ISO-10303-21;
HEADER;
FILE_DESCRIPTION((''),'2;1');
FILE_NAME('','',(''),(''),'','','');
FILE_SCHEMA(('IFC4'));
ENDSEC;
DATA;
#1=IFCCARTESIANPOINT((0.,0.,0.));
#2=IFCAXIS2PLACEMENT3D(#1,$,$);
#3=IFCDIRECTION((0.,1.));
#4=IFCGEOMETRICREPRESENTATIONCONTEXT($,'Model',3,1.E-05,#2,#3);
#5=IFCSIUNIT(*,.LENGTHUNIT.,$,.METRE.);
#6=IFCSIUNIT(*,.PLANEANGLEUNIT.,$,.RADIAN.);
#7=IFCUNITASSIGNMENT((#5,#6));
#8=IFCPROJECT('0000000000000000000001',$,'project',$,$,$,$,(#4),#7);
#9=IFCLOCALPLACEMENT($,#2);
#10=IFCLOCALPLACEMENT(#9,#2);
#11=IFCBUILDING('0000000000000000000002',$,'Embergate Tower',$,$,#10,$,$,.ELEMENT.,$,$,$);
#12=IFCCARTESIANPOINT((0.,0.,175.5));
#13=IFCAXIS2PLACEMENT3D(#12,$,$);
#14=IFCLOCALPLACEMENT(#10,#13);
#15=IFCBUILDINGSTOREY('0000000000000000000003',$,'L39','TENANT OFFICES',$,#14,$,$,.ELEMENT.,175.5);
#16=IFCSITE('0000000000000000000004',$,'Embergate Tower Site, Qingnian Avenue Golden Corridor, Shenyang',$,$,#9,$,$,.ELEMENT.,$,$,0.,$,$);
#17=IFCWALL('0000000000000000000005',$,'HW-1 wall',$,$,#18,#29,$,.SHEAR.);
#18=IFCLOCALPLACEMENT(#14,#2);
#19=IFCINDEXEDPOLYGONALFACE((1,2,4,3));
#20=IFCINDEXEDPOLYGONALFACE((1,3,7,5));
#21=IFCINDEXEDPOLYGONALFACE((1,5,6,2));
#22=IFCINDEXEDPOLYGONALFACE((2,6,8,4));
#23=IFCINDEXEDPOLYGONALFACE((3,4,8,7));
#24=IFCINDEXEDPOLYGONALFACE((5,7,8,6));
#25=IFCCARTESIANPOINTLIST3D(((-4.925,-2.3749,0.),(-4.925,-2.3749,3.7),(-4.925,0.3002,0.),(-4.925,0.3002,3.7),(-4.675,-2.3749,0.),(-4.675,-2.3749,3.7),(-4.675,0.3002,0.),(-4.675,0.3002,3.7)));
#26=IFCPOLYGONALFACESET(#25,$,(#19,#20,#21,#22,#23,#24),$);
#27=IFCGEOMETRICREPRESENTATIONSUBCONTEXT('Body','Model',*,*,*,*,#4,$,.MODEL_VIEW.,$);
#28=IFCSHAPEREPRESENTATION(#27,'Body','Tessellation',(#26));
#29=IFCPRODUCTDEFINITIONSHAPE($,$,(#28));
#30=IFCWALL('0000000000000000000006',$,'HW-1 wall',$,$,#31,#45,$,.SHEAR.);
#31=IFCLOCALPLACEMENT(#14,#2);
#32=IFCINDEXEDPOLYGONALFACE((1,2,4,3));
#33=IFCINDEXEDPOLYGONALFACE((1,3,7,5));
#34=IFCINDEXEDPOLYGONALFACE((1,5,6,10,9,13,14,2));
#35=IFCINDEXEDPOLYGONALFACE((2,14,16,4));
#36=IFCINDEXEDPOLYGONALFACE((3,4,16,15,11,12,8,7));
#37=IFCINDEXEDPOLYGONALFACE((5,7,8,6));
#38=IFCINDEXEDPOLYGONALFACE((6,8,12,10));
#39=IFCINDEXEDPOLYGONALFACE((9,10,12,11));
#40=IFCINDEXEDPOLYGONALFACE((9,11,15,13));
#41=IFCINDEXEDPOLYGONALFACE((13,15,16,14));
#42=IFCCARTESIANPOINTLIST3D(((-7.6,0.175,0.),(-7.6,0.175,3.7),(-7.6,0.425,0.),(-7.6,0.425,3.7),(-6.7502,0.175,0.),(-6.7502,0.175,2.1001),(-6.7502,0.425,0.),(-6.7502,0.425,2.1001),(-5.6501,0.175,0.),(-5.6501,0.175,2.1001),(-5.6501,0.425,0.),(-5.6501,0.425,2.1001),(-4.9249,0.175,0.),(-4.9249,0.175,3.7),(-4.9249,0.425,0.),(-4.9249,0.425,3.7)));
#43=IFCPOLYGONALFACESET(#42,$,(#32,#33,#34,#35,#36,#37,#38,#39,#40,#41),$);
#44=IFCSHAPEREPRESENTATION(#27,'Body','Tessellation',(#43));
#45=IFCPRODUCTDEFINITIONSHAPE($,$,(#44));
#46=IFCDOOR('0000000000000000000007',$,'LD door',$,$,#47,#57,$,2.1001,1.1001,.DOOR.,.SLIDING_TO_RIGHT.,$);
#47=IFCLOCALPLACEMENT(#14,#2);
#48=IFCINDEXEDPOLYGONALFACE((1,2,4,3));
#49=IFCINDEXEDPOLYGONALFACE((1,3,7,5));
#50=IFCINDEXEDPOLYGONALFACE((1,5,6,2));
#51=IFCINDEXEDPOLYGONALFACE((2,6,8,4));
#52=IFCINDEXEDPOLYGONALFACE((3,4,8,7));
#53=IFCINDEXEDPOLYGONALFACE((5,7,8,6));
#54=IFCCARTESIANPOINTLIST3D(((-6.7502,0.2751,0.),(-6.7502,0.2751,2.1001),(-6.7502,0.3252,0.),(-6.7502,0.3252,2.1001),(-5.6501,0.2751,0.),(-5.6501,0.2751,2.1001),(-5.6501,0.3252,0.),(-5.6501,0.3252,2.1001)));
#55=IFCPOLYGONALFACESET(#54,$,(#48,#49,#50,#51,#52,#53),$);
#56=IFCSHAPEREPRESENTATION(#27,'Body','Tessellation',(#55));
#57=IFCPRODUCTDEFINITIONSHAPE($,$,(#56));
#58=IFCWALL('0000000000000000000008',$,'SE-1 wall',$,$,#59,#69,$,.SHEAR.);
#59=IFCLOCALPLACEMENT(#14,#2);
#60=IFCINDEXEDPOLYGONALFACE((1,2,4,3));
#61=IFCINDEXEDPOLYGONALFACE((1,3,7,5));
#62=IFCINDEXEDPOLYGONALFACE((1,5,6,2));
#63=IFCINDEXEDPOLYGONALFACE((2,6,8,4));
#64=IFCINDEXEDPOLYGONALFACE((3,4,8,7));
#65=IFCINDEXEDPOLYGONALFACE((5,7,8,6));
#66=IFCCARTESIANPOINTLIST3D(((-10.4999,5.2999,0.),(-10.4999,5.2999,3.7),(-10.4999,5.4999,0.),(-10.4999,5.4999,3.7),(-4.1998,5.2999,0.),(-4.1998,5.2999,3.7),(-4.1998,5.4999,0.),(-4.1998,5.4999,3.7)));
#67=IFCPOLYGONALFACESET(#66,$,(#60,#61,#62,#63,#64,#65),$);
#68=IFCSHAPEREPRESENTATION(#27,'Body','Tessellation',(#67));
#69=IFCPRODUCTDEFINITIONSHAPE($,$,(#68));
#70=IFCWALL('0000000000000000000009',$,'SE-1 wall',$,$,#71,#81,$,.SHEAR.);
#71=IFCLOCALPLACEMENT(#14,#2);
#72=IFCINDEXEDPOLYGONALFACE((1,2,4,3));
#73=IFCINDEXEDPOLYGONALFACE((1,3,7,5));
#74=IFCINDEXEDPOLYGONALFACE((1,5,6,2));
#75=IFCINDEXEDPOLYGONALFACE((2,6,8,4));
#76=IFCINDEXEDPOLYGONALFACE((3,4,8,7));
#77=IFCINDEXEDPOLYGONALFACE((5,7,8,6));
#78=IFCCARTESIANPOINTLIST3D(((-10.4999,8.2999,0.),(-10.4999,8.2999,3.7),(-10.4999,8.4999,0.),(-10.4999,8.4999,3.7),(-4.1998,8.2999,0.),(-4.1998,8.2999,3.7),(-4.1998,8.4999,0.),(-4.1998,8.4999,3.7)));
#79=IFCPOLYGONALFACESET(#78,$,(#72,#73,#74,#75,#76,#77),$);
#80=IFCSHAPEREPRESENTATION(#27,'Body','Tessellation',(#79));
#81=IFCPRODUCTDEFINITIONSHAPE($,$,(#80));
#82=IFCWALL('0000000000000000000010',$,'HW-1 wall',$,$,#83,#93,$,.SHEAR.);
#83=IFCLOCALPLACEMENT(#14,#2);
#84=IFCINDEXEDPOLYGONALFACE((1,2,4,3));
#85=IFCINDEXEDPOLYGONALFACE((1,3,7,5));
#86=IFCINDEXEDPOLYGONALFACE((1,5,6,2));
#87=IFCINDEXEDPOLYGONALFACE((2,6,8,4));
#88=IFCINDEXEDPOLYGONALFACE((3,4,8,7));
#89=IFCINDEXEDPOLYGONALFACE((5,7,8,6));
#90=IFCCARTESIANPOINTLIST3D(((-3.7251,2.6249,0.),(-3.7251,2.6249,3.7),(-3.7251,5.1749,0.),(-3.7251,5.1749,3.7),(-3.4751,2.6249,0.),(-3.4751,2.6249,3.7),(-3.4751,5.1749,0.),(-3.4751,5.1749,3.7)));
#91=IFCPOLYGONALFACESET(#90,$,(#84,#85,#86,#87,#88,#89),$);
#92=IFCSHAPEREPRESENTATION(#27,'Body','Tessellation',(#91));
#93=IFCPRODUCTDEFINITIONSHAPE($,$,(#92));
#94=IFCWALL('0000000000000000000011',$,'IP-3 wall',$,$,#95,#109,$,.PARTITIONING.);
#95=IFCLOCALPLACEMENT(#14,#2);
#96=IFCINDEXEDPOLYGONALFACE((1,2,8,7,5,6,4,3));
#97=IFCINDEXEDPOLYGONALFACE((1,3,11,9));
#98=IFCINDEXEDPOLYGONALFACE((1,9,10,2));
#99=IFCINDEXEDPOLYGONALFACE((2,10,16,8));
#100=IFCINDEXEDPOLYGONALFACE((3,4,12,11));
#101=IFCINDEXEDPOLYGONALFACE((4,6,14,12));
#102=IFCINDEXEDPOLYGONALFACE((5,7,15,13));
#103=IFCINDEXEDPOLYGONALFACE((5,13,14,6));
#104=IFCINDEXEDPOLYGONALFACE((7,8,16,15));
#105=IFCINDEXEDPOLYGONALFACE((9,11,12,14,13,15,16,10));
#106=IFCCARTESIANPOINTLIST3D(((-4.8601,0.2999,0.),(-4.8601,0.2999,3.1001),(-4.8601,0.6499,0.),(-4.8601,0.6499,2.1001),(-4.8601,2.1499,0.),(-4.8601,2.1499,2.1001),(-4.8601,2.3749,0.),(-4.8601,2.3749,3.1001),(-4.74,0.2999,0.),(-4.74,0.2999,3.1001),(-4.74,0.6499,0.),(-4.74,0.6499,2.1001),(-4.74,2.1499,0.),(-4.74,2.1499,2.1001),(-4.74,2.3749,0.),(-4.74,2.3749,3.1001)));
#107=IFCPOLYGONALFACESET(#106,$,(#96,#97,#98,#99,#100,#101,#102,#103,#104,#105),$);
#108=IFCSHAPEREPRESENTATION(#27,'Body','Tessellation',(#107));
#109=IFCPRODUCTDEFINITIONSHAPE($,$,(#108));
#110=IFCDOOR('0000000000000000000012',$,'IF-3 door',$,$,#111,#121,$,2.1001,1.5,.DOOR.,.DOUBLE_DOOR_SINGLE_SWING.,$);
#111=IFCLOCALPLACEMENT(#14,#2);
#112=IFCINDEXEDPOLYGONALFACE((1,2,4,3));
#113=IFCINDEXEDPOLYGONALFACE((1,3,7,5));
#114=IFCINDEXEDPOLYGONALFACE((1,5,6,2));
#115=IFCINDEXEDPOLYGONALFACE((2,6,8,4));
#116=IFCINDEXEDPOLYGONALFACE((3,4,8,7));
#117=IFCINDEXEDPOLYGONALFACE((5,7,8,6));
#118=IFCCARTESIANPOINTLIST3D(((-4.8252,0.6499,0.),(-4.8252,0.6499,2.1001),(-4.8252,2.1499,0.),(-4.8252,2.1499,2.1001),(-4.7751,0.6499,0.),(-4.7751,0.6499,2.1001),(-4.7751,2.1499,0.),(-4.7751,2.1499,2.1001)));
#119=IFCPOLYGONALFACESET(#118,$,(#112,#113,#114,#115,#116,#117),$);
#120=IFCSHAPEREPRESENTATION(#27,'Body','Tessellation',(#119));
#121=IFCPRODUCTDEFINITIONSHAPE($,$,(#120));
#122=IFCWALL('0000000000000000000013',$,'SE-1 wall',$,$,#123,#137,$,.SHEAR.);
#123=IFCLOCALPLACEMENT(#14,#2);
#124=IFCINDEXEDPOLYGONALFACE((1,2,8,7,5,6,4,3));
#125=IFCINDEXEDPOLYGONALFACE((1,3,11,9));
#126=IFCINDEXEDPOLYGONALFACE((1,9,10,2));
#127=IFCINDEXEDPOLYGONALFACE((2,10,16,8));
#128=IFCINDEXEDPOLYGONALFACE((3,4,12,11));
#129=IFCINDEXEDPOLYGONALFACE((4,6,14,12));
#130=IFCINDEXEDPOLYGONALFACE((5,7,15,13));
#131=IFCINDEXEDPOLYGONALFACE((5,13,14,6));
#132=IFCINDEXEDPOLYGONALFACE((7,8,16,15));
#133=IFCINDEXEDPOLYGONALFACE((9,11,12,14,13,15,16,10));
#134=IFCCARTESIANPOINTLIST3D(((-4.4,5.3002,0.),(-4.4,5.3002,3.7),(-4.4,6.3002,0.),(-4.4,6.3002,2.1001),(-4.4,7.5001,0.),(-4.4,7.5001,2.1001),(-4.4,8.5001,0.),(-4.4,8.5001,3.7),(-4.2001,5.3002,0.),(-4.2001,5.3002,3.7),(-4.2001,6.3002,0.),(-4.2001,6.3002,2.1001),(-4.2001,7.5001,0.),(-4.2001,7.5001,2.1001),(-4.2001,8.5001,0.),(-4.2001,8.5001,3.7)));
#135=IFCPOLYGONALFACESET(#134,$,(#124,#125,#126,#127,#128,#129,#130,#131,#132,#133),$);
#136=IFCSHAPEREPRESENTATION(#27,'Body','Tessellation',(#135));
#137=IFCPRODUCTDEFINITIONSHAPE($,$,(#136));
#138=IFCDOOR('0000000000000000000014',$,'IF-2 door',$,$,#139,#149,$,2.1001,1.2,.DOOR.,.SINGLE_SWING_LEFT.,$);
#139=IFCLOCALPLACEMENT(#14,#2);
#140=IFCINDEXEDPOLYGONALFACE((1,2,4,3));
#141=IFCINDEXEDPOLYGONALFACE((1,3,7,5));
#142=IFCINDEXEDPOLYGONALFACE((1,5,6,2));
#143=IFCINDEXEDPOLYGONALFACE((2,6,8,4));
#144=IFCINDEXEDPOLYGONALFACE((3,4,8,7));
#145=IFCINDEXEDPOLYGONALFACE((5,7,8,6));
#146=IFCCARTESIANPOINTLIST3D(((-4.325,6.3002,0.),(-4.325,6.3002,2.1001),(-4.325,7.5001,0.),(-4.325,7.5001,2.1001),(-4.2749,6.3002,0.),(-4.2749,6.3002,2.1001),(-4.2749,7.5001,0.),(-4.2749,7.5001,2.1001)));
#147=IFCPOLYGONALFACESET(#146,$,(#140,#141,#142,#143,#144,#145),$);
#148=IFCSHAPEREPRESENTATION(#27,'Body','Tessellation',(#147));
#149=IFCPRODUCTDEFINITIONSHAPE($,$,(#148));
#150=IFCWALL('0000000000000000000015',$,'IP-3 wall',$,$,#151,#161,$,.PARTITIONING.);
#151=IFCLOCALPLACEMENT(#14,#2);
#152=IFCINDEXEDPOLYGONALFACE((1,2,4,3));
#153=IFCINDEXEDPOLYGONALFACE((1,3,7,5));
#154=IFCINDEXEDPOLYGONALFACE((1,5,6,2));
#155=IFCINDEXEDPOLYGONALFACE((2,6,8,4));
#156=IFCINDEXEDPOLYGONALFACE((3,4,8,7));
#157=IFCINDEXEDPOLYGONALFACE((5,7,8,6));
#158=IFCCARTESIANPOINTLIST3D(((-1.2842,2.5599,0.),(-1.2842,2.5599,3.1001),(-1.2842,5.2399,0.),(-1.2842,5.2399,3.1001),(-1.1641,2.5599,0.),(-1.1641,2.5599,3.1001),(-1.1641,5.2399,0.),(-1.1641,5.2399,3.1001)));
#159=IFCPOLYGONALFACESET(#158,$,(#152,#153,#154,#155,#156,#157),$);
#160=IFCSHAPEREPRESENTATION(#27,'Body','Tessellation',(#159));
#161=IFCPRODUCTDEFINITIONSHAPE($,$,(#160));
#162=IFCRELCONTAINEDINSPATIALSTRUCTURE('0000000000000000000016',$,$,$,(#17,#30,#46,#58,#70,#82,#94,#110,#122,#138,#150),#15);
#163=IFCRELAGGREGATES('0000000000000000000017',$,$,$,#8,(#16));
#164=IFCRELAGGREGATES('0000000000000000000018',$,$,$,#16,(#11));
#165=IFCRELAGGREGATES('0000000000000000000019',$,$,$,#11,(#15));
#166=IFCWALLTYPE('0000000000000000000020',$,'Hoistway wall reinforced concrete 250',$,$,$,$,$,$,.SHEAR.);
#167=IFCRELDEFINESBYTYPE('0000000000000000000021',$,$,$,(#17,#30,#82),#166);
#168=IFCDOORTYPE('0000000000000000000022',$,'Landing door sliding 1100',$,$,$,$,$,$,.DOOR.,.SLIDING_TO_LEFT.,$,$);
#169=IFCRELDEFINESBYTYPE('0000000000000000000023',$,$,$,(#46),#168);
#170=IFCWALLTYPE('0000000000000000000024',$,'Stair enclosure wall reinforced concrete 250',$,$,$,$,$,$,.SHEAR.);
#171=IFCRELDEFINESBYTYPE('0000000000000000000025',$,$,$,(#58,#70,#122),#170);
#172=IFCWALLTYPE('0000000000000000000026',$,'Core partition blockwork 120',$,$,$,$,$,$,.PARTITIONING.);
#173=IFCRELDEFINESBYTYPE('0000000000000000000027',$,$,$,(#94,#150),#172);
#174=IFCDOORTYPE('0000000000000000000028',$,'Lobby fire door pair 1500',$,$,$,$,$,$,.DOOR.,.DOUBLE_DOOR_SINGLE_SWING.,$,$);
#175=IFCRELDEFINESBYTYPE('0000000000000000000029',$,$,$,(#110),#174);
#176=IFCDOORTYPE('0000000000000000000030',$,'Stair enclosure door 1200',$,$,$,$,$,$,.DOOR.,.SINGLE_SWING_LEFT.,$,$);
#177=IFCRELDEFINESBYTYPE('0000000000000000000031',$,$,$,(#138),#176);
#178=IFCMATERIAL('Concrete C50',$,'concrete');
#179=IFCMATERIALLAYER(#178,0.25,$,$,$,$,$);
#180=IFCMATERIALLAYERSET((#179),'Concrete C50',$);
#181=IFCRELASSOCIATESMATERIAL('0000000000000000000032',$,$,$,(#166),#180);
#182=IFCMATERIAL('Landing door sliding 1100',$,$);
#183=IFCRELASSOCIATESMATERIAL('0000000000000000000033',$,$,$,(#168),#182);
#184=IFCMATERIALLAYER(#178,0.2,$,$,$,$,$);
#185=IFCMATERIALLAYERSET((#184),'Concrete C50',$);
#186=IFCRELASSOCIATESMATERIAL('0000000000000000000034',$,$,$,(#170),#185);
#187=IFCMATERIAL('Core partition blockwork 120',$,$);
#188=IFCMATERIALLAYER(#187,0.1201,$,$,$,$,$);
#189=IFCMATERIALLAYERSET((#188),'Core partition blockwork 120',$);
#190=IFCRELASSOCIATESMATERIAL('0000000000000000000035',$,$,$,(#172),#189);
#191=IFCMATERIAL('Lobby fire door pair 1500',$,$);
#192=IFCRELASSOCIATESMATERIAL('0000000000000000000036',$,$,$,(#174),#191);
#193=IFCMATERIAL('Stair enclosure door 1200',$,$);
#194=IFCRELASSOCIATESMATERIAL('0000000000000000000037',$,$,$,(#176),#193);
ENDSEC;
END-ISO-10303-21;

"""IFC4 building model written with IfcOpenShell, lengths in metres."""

from ifc_helpers import new_model, si_unit, direction, frame, frame_2d, origin, place, context, subcontext, project, spatial, rectangle, extrude, source, transform, mapped, material, layer, layer_set, type_object, element, fill, save


model = new_model("IFC4")

# Units and contexts
model_context = context("Model", 3, precision=1e-05, world=origin(), true_north=direction((0.0, 1.0)))
body_context = subcontext(model_context, "Body", "Model", "MODEL_VIEW")
ifc_project = project(units=[si_unit("LENGTHUNIT", "METRE"), si_unit("PLANEANGLEUNIT", "RADIAN")], contexts=[model_context])

# Site, building, storey
site_placement = place(None, origin())
site = spatial("IfcSite", under=ifc_project, at=site_placement, Name="Embergate Tower Site, Qingnian Avenue Golden Corridor, Shenyang", CompositionType="ELEMENT", RefElevation=0.0)
building_placement = place(site_placement, origin())
building = spatial("IfcBuilding", under=site, at=building_placement, Name="Embergate Tower", CompositionType="ELEMENT")
storey_placement = place(building_placement, frame((0.0, 0.0, 175.5)))
storey = spatial("IfcBuildingStorey", under=building, at=storey_placement, Name="L39", Description="TENANT OFFICES", CompositionType="ELEMENT", Elevation=175.5)

# Wall
ifc_material_1 = material(Name="Concrete C50", Category="concrete")
ifc_layer_1 = layer(ifc_material_1, 0.25)
ifc_layer_set_1 = layer_set([ifc_layer_1], Name="Concrete C50")
wall_type_1 = type_object("IfcWallType", Name="Hoistway wall reinforced concrete 250", PredefinedType="SHEAR", material=ifc_layer_set_1)
shared_shape_1 = source(origin(), body_context, "Body", "SweptSolid", [
    extrude(rectangle(XDim=2.675, YDim=0.25, at=frame_2d((1.3374, 0.0))), origin(), (0.0, 0.0, 1.0), 3.7),
])
wall_1_placement = place(storey_placement, frame((-4.8, 0.3, 0.0), z_axis=(0.0, 0.0, 1.0), x_axis=(0.0, -1.0, 0.0)))
element("IfcWall", 1, at=wall_1_placement, inside=storey, type_object=wall_type_1, Name="HW-1 wall", PredefinedType="SHEAR", context=body_context, shape_type="MappedRepresentation", body=[
    mapped(shared_shape_1, transform((0.0, 0.0, 0.0))),
])

# Wall, opening, door
wall_2_placement = place(storey_placement, frame((-4.925, 0.3, 0.0), z_axis=(0.0, 0.0, 1.0), x_axis=(-1.0, 0.0, 0.0)))
wall_2 = element("IfcWall", 2, at=wall_2_placement, inside=storey, type_object=wall_type_1, Name="HW-1 wall", PredefinedType="SHEAR", context=body_context, shape_type="MappedRepresentation", body=[
    mapped(shared_shape_1, transform((0.0, 0.0, 0.0))),
])
shared_shape_2 = source(origin(), body_context, "Body", "SweptSolid", [
    extrude(rectangle(XDim=1.1001, YDim=2.1001, at=frame_2d((0.55, 1.05))), frame((0.0, 0.135, 0.0), z_axis=(0.0, -1.0, 0.0), x_axis=(1.0, 0.0, 0.0)), (0.0, 0.0, 1.0), 0.27),
])
opening_1_placement = place(wall_2_placement, frame((0.7251, 0.0, 0.0)))
opening_1 = element("IfcOpeningElement", 3, at=opening_1_placement, cuts=wall_2, PredefinedType="OPENING", context=body_context, shape_type="MappedRepresentation", body=[
    mapped(shared_shape_2, transform((0.0, 0.0, 0.0))),
])
ifc_material_2 = material(Name="Landing door sliding 1100")
door_type_1 = type_object("IfcDoorType", Name="Landing door sliding 1100", OperationType="SLIDING_TO_LEFT", PredefinedType="DOOR", material=ifc_material_2)
shared_shape_3 = source(origin(), body_context, "Body", "SweptSolid", [
    extrude(rectangle(XDim=1.1001, YDim=2.1001, at=frame_2d((0.55, 1.05))), frame((0.0, 0.0249, 0.0), z_axis=(0.0, -1.0, 0.0), x_axis=(1.0, 0.0, 0.0)), (0.0, 0.0, 1.0), 0.05),
])
door_1_placement = place(opening_1_placement, origin())
door_1 = element("IfcDoor", 4, at=door_1_placement, inside=storey, type_object=door_type_1, Name="LD door", OperationType="SLIDING_TO_RIGHT", OverallHeight=2.1001, OverallWidth=1.1001, PredefinedType="DOOR", context=body_context, shape_type="MappedRepresentation", body=[
    mapped(shared_shape_3, transform((0.0, 0.0, 0.0))),
])
fill(opening_1, door_1)

# Walls
ifc_layer_2 = layer(ifc_material_1, 0.2)
ifc_layer_set_2 = layer_set([ifc_layer_2], Name="Concrete C50")
wall_type_2 = type_object("IfcWallType", Name="Stair enclosure wall reinforced concrete 250", PredefinedType="SHEAR", material=ifc_layer_set_2)
shared_shape_4 = source(origin(), body_context, "Body", "SweptSolid", [
    extrude(rectangle(XDim=6.3, YDim=0.2, at=frame_2d((3.1499, 0.0))), origin(), (0.0, 0.0, 1.0), 3.7),
])
for number, where, z_axis, x_axis, name in (
    (5, (-4.2, 5.3999, 0.0), (0.0, 0.0, 1.0), (-1.0, 0.0, 0.0), "SE-1 wall"),
    (6, (-4.2, 8.3999, 0.0), (0.0, 0.0, 1.0), (-1.0, 0.0, 0.0), "SE-1 wall"),
):
    element("IfcWall", number, at=place(storey_placement, frame(where, z_axis=z_axis, x_axis=x_axis)), inside=storey, type_object=wall_type_2, Name=name, PredefinedType="SHEAR", context=body_context, shape_type="MappedRepresentation", body=[
        mapped(shared_shape_4, transform((0.0, 0.0, 0.0))),
    ])
shared_shape_5 = source(origin(), body_context, "Body", "SweptSolid", [
    extrude(rectangle(XDim=2.55, YDim=0.25, at=frame_2d((1.2749, 0.0))), origin(), (0.0, 0.0, 1.0), 3.7),
])
wall_3_placement = place(storey_placement, frame((-3.6001, 2.625, 0.0), z_axis=(0.0, 0.0, 1.0), x_axis=(0.0, 1.0, 0.0)))
element("IfcWall", 7, at=wall_3_placement, inside=storey, type_object=wall_type_1, Name="HW-1 wall", PredefinedType="SHEAR", context=body_context, shape_type="MappedRepresentation", body=[
    mapped(shared_shape_5, transform((0.0, 0.0, 0.0))),
])

# Walls, openings, doors
ifc_material_3 = material(Name="Core partition blockwork 120")
ifc_layer_3 = layer(ifc_material_3, 0.1201)
ifc_layer_set_3 = layer_set([ifc_layer_3], Name="Core partition blockwork 120")
wall_type_3 = type_object("IfcWallType", Name="Core partition blockwork 120", PredefinedType="PARTITIONING", material=ifc_layer_set_3)
shared_shape_6 = source(origin(), body_context, "Body", "SweptSolid", [
    extrude(rectangle(XDim=2.075, YDim=0.1201, at=frame_2d((1.0376, 0.0))), origin(), (0.0, 0.0, 1.0), 3.1001),
])
wall_4_placement = place(storey_placement, frame((-4.8, 2.375, 0.0), z_axis=(0.0, 0.0, 1.0), x_axis=(0.0, -1.0, 0.0)))
wall_4 = element("IfcWall", 8, at=wall_4_placement, inside=storey, type_object=wall_type_3, Name="IP-3 wall", PredefinedType="PARTITIONING", context=body_context, shape_type="MappedRepresentation", body=[
    mapped(shared_shape_6, transform((0.0, 0.0, 0.0))),
])
shared_shape_7 = source(origin(), body_context, "Body", "SweptSolid", [
    extrude(rectangle(XDim=1.5, YDim=2.1001, at=frame_2d((0.75, 1.05))), frame((0.0, 0.0701, 0.0), z_axis=(0.0, -1.0, 0.0), x_axis=(1.0, 0.0, 0.0)), (0.0, 0.0, 1.0), 0.1401),
])
opening_2_placement = place(wall_4_placement, frame((0.2251, 0.0, 0.0)))
opening_2 = element("IfcOpeningElement", 9, at=opening_2_placement, cuts=wall_4, PredefinedType="OPENING", context=body_context, shape_type="MappedRepresentation", body=[
    mapped(shared_shape_7, transform((0.0, 0.0, 0.0))),
])
ifc_material_4 = material(Name="Lobby fire door pair 1500")
door_type_2 = type_object("IfcDoorType", Name="Lobby fire door pair 1500", OperationType="DOUBLE_DOOR_SINGLE_SWING", PredefinedType="DOOR", material=ifc_material_4)
shared_shape_8 = source(origin(), body_context, "Body", "SweptSolid", [
    extrude(rectangle(XDim=1.5, YDim=2.1001, at=frame_2d((0.75, 1.05))), frame((0.0, 0.0249, 0.0), z_axis=(0.0, -1.0, 0.0), x_axis=(1.0, 0.0, 0.0)), (0.0, 0.0, 1.0), 0.05),
])
door_2_placement = place(opening_2_placement, origin())
door_2 = element("IfcDoor", 10, at=door_2_placement, inside=storey, type_object=door_type_2, Name="IF-3 door", OperationType="DOUBLE_DOOR_SINGLE_SWING", OverallHeight=2.1001, OverallWidth=1.5, PredefinedType="DOOR", context=body_context, shape_type="MappedRepresentation", body=[
    mapped(shared_shape_8, transform((0.0, 0.0, 0.0))),
])
fill(opening_2, door_2)
shared_shape_9 = source(origin(), body_context, "Body", "SweptSolid", [
    extrude(rectangle(XDim=3.2, YDim=0.2, at=frame_2d((1.6001, 0.0))), origin(), (0.0, 0.0, 1.0), 3.7),
])
wall_5_placement = place(storey_placement, frame((-4.3, 5.3, 0.0), z_axis=(0.0, 0.0, 1.0), x_axis=(0.0, 1.0, 0.0)))
wall_5 = element("IfcWall", 11, at=wall_5_placement, inside=storey, type_object=wall_type_2, Name="SE-1 wall", PredefinedType="SHEAR", context=body_context, shape_type="MappedRepresentation", body=[
    mapped(shared_shape_9, transform((0.0, 0.0, 0.0))),
])
shared_shape_10 = source(origin(), body_context, "Body", "SweptSolid", [
    extrude(rectangle(XDim=1.2, YDim=2.1001, at=frame_2d((0.6001, 1.05))), frame((0.0, 0.1099, 0.0), z_axis=(0.0, -1.0, 0.0), x_axis=(1.0, 0.0, 0.0)), (0.0, 0.0, 1.0), 0.22),
])
opening_3_placement = place(wall_5_placement, frame((1.0, 0.0, 0.0)))
opening_3 = element("IfcOpeningElement", 12, at=opening_3_placement, cuts=wall_5, PredefinedType="OPENING", context=body_context, shape_type="MappedRepresentation", body=[
    mapped(shared_shape_10, transform((0.0, 0.0, 0.0))),
])
ifc_material_5 = material(Name="Stair enclosure door 1200")
door_type_3 = type_object("IfcDoorType", Name="Stair enclosure door 1200", OperationType="SINGLE_SWING_LEFT", PredefinedType="DOOR", material=ifc_material_5)
shared_shape_11 = source(origin(), body_context, "Body", "SweptSolid", [
    extrude(rectangle(XDim=1.2, YDim=2.1001, at=frame_2d((0.6001, 1.05))), frame((0.0, 0.0249, 0.0), z_axis=(0.0, -1.0, 0.0), x_axis=(1.0, 0.0, 0.0)), (0.0, 0.0, 1.0), 0.05),
])
door_3_placement = place(opening_3_placement, origin())
door_3 = element("IfcDoor", 13, at=door_3_placement, inside=storey, type_object=door_type_3, Name="IF-2 door", OperationType="SINGLE_SWING_LEFT", OverallHeight=2.1001, OverallWidth=1.2, PredefinedType="DOOR", context=body_context, shape_type="MappedRepresentation", body=[
    mapped(shared_shape_11, transform((0.0, 0.0, 0.0))),
])
fill(opening_3, door_3)

# Wall
shared_shape_12 = source(origin(), body_context, "Body", "SweptSolid", [
    extrude(rectangle(XDim=2.6799, YDim=0.1201, at=frame_2d((1.3398, 0.0))), origin(), (0.0, 0.0, 1.0), 3.1001),
])
wall_6_placement = place(storey_placement, frame((-1.2241, 2.5601, 0.0), z_axis=(0.0, 0.0, 1.0), x_axis=(0.0, 1.0, 0.0)))
element("IfcWall", 14, at=wall_6_placement, inside=storey, type_object=wall_type_3, Name="IP-3 wall", PredefinedType="PARTITIONING", context=body_context, shape_type="MappedRepresentation", body=[
    mapped(shared_shape_12, transform((0.0, 0.0, 0.0))),
])

save(model, "model.ifc")
